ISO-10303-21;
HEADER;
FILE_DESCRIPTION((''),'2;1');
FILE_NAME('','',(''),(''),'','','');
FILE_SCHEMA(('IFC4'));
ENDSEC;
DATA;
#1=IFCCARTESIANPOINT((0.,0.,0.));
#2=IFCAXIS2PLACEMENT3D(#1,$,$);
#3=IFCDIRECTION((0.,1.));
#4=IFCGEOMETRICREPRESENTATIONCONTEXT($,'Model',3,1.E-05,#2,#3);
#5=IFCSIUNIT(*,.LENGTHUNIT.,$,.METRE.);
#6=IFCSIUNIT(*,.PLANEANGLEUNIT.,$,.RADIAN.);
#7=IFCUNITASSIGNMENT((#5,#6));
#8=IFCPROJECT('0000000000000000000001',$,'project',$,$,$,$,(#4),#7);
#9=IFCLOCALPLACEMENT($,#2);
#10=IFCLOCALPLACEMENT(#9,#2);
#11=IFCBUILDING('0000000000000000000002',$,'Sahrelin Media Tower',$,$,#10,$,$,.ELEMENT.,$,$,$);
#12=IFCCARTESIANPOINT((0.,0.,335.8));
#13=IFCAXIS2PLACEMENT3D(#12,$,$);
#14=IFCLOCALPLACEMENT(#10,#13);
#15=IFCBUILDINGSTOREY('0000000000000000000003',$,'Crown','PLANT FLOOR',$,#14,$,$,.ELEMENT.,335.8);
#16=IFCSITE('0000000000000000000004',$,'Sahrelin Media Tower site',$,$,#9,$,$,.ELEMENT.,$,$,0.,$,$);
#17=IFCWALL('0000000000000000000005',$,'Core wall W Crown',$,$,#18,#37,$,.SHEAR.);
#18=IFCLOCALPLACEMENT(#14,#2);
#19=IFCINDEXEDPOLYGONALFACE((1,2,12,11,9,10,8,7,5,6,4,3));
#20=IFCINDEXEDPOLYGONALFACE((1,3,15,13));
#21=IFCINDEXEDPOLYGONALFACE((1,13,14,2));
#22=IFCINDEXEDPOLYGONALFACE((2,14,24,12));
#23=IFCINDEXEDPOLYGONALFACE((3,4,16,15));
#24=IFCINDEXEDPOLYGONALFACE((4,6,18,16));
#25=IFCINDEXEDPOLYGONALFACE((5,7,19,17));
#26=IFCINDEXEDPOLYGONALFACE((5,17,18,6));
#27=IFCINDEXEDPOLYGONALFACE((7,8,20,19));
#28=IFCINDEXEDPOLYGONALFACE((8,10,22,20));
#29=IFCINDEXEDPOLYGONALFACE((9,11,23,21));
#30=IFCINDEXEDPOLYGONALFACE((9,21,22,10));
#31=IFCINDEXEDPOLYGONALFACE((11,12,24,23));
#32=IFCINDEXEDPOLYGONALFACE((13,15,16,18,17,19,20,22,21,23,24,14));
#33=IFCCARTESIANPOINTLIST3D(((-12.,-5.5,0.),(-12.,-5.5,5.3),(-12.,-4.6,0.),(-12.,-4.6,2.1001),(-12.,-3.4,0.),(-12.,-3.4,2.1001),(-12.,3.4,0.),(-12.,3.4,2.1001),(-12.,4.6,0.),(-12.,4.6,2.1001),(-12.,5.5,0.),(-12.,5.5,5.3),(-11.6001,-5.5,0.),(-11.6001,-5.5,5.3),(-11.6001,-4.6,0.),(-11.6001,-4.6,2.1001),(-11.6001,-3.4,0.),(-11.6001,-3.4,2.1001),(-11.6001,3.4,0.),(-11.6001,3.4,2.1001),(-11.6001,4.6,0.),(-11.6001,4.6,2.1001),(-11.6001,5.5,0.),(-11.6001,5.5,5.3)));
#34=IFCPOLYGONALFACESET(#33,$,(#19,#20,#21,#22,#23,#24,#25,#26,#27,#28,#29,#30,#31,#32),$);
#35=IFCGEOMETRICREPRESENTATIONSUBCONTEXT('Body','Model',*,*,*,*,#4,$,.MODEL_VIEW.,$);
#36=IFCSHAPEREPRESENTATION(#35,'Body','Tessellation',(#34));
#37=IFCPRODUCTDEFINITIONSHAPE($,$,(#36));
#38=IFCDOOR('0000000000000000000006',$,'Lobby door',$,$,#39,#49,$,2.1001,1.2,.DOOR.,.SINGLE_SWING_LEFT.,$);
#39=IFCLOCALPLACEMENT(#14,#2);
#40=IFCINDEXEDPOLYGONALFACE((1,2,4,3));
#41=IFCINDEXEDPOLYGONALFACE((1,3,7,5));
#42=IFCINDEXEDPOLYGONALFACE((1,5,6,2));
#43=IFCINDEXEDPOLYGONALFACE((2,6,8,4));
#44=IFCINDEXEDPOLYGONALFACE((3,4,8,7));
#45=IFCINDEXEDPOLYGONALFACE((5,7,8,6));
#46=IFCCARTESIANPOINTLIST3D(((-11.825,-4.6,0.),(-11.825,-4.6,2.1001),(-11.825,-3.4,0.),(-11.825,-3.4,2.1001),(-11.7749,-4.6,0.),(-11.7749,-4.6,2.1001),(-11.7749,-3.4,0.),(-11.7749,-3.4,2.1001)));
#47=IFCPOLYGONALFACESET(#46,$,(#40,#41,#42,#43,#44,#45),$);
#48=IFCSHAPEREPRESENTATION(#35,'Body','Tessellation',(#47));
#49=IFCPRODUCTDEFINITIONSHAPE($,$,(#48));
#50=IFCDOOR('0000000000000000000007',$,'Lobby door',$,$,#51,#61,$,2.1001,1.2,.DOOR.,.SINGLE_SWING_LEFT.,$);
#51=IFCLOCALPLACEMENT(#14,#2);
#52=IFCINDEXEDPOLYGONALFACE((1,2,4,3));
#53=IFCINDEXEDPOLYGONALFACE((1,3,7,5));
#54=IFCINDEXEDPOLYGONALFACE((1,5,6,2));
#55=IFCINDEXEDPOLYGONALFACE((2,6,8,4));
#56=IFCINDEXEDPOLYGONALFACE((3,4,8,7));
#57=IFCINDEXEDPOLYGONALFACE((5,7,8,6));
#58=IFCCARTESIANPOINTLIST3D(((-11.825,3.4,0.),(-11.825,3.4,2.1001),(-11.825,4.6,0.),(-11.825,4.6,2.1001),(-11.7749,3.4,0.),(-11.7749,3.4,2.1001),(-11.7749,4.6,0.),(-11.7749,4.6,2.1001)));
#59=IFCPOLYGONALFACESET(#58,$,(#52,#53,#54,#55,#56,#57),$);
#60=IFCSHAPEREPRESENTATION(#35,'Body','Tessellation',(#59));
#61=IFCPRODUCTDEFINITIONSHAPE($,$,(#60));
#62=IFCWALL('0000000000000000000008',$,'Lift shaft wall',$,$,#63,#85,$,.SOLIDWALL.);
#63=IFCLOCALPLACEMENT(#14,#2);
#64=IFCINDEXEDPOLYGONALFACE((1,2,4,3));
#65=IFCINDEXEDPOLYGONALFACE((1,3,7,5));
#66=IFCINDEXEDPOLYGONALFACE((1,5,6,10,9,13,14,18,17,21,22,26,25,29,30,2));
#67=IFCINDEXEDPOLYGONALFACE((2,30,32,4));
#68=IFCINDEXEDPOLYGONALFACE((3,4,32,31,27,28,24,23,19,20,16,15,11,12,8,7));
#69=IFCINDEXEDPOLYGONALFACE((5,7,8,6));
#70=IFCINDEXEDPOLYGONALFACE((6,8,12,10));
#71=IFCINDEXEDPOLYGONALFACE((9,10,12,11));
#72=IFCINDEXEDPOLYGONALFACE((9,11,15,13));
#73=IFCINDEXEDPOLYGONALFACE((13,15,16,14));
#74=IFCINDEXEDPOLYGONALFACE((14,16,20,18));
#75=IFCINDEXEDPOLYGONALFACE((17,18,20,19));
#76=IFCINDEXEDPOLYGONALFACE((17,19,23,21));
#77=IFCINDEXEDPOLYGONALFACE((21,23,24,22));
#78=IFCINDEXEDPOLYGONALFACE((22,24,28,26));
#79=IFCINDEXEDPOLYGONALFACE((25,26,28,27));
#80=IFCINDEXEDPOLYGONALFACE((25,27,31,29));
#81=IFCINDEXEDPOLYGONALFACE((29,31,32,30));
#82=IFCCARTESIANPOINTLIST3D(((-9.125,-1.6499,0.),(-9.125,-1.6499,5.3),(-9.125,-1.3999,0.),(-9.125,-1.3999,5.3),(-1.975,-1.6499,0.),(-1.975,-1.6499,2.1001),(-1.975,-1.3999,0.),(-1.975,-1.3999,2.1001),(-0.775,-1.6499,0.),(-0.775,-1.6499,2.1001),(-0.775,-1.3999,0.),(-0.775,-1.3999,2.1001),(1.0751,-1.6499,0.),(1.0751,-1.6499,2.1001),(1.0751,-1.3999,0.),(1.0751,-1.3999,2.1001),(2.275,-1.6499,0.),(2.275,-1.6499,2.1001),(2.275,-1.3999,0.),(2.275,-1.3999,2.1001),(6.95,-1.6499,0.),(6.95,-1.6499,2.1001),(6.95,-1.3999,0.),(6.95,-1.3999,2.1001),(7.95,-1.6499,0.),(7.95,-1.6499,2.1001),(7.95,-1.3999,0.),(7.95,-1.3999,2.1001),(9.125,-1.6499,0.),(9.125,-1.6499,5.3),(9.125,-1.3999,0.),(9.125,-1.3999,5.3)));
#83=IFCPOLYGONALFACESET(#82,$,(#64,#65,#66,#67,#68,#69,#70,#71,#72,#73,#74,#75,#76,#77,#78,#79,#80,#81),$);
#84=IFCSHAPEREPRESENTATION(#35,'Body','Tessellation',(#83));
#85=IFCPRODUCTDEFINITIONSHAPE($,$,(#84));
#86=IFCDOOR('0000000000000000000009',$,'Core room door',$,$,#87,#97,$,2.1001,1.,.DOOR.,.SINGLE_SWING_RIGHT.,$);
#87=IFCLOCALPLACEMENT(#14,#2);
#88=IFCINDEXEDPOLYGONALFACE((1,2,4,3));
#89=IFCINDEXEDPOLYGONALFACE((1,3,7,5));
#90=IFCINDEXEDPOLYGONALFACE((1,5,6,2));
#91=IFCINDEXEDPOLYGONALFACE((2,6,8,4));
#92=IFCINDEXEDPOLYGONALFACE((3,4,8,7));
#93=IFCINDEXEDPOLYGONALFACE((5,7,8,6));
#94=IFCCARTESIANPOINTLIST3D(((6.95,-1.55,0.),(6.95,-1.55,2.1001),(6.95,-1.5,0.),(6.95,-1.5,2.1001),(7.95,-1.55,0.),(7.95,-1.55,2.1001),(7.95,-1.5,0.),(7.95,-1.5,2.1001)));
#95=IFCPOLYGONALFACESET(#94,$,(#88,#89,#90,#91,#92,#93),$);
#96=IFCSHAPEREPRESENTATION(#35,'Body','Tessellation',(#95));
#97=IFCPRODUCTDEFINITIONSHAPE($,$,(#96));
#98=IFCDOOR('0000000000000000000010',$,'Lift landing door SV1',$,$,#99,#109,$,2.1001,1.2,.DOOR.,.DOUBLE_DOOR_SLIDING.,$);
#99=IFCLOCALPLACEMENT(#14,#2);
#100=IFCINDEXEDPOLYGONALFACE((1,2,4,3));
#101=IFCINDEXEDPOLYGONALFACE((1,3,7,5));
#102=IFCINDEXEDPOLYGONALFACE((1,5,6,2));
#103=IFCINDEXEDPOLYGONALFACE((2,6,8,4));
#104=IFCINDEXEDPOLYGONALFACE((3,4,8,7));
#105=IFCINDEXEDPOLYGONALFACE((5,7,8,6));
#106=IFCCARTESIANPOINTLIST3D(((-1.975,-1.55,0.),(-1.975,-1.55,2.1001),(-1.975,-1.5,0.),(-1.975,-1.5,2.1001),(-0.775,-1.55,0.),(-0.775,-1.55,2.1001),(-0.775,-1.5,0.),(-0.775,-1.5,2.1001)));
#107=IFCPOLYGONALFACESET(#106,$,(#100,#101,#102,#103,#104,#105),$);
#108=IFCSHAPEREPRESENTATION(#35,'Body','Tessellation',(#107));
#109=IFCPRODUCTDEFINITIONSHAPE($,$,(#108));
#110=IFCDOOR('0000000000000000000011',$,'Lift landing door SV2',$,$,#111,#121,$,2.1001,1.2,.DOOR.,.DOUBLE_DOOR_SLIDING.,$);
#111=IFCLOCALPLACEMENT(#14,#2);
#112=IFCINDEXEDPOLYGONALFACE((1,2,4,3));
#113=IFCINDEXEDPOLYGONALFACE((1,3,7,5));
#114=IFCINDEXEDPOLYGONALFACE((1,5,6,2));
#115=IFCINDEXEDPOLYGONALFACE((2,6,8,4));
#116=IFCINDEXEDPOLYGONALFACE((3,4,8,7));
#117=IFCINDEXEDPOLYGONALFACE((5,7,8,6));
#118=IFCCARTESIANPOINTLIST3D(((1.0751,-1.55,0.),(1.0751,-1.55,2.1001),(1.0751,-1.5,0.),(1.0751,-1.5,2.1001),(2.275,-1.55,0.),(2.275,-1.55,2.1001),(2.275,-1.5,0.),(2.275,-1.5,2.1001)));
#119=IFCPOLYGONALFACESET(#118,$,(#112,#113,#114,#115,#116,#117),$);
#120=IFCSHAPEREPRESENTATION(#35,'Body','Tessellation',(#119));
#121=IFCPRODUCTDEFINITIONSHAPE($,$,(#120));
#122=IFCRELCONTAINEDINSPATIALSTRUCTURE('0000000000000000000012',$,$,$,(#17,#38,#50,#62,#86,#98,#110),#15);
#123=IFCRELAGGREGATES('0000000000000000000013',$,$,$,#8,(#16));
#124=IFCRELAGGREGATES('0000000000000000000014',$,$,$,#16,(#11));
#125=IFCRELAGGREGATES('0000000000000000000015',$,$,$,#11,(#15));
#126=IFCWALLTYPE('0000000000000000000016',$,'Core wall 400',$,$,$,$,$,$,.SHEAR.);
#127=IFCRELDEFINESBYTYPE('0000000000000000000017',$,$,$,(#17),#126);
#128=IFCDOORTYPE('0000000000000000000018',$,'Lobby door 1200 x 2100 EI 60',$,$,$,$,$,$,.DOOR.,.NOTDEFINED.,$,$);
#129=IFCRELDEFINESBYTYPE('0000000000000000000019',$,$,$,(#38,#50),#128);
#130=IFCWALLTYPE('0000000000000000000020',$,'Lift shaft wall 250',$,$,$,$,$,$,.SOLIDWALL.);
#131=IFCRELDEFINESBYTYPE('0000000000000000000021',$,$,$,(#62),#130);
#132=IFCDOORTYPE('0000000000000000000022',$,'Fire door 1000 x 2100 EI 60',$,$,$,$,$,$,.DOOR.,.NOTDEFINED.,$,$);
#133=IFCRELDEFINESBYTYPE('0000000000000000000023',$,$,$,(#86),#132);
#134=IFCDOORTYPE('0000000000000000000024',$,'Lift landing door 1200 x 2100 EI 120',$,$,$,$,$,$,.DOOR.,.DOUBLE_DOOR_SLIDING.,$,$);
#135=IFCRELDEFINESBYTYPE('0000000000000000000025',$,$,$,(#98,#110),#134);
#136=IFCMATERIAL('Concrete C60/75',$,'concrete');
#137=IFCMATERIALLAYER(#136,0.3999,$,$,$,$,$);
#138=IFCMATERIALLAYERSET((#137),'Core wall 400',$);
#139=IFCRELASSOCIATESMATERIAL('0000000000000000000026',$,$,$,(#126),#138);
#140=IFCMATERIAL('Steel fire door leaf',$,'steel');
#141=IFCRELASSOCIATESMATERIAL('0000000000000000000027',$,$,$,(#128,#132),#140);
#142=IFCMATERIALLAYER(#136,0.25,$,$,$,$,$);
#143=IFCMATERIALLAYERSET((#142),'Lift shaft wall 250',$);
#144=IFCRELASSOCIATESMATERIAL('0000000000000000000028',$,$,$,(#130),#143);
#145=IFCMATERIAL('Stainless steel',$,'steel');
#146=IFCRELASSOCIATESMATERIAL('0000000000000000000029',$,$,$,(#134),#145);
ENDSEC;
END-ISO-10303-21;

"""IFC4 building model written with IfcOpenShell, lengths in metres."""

from ifc_helpers import new_model, si_unit, direction, frame, frame_2d, origin, place, context, subcontext, project, spatial, rectangle, extrude, material, layer, layer_set, type_object, element, fill, save


model = new_model("IFC4")

# Units and contexts
model_context = context("Model", 3, precision=1e-05, world=origin(), true_north=direction((0.0, 1.0)))
body_context = subcontext(model_context, "Body", "Model", "MODEL_VIEW")
ifc_project = project(units=[si_unit("LENGTHUNIT", "METRE"), si_unit("PLANEANGLEUNIT", "RADIAN")], contexts=[model_context])

# Site, building, storey
site_placement = place(None, origin())
site = spatial("IfcSite", under=ifc_project, at=site_placement, Name="Sahrelin Media Tower site", CompositionType="ELEMENT", RefElevation=0.0)
building_placement = place(site_placement, origin())
building = spatial("IfcBuilding", under=site, at=building_placement, Name="Sahrelin Media Tower", CompositionType="ELEMENT")
storey_placement = place(building_placement, frame((0.0, 0.0, 335.8)))
storey = spatial("IfcBuildingStorey", under=building, at=storey_placement, Name="Crown", Description="PLANT FLOOR", CompositionType="ELEMENT", Elevation=335.8)

# Shared definitions
ifc_material_1 = material(Name="Concrete C60/75", Category="concrete")
ifc_layer_1 = layer(ifc_material_1, 0.3999)
ifc_layer_set_1 = layer_set([ifc_layer_1], Name="Core wall 400")
wall_type_1 = type_object("IfcWallType", Name="Core wall 400", PredefinedType="SHEAR", material=ifc_layer_set_1)

# Walls, openings, doors
wall_1_placement = place(storey_placement, frame((-11.8, -5.5, 0.0), z_axis=(0.0, 0.0, 1.0), x_axis=(0.0, 1.0, 0.0)))
wall_1 = element("IfcWall", 1, at=wall_1_placement, inside=storey, type_object=wall_type_1, Name="Core wall W Crown", PredefinedType="SHEAR", context=body_context, shape_type="SweptSolid", body=[
    extrude(rectangle(XDim=11.0, YDim=0.3999, at=frame_2d((5.5, 0.0))), origin(), (0.0, 0.0, 1.0), 5.3),
])
opening_1_placement = place(wall_1_placement, frame((0.8999, 0.0, 0.0)))
opening_1 = element("IfcOpeningElement", 2, at=opening_1_placement, cuts=wall_1, PredefinedType="OPENING", context=body_context, shape_type="SweptSolid", body=[
    extrude(rectangle(XDim=1.2, YDim=2.1001, at=frame_2d((0.6001, 1.05))), frame((0.0, 0.2, 0.0), z_axis=(0.0, -1.0, 0.0), x_axis=(1.0, 0.0, 0.0)), (0.0, 0.0, 1.0), 0.3999),
])
opening_2_placement = place(wall_1_placement, frame((8.8999, 0.0, 0.0)))
opening_2 = element("IfcOpeningElement", 3, at=opening_2_placement, cuts=wall_1, PredefinedType="OPENING", context=body_context, shape_type="SweptSolid", body=[
    extrude(rectangle(XDim=1.2, YDim=2.1001, at=frame_2d((0.6001, 1.05))), frame((0.0, 0.2, 0.0), z_axis=(0.0, -1.0, 0.0), x_axis=(1.0, 0.0, 0.0)), (0.0, 0.0, 1.0), 0.3999),
])
ifc_material_2 = material(Name="Steel fire door leaf", Category="steel")
door_type_1 = type_object("IfcDoorType", Name="Lobby door 1200 x 2100 EI 60", OperationType="NOTDEFINED", PredefinedType="DOOR", material=ifc_material_2)
door_1_placement = place(opening_1_placement, origin())
door_1 = element("IfcDoor", 4, at=door_1_placement, inside=storey, type_object=door_type_1, Name="Lobby door", OperationType="SINGLE_SWING_LEFT", OverallHeight=2.1001, OverallWidth=1.2, PredefinedType="DOOR", context=body_context, shape_type="SweptSolid", body=[
    extrude(rectangle(XDim=1.2, YDim=2.1001, at=frame_2d((0.6001, 1.05))), frame((0.0, 0.0249, 0.0), z_axis=(0.0, -1.0, 0.0), x_axis=(1.0, 0.0, 0.0)), (0.0, 0.0, 1.0), 0.05),
])
fill(opening_1, door_1)
door_2_placement = place(opening_2_placement, origin())
door_2 = element("IfcDoor", 5, at=door_2_placement, inside=storey, type_object=door_type_1, Name="Lobby door", OperationType="SINGLE_SWING_LEFT", OverallHeight=2.1001, OverallWidth=1.2, PredefinedType="DOOR", context=body_context, shape_type="SweptSolid", body=[
    extrude(rectangle(XDim=1.2, YDim=2.1001, at=frame_2d((0.6001, 1.05))), frame((0.0, 0.0249, 0.0), z_axis=(0.0, -1.0, 0.0), x_axis=(1.0, 0.0, 0.0)), (0.0, 0.0, 1.0), 0.05),
])
fill(opening_2, door_2)
ifc_layer_2 = layer(ifc_material_1, 0.25)
ifc_layer_set_2 = layer_set([ifc_layer_2], Name="Lift shaft wall 250")
wall_type_2 = type_object("IfcWallType", Name="Lift shaft wall 250", PredefinedType="SOLIDWALL", material=ifc_layer_set_2)
wall_2_placement = place(storey_placement, frame((-9.125, -1.5249, 0.0), z_axis=(0.0, 0.0, 1.0), x_axis=(1.0, 0.0, 0.0)))
wall_2 = element("IfcWall", 6, at=wall_2_placement, inside=storey, type_object=wall_type_2, Name="Lift shaft wall", PredefinedType="SOLIDWALL", context=body_context, shape_type="SweptSolid", body=[
    extrude(rectangle(XDim=18.25, YDim=0.25, at=frame_2d((9.125, 0.0))), origin(), (0.0, 0.0, 1.0), 5.3),
])
opening_3_placement = place(wall_2_placement, frame((7.1499, 0.0, 0.0)))
opening_3 = element("IfcOpeningElement", 7, at=opening_3_placement, cuts=wall_2, PredefinedType="OPENING", context=body_context, shape_type="SweptSolid", body=[
    extrude(rectangle(XDim=1.2, YDim=2.1001, at=frame_2d((0.6001, 1.05))), frame((0.0, 0.125, 0.0), z_axis=(0.0, -1.0, 0.0), x_axis=(1.0, 0.0, 0.0)), (0.0, 0.0, 1.0), 0.25),
])
opening_4_placement = place(wall_2_placement, frame((10.2, 0.0, 0.0)))
opening_4 = element("IfcOpeningElement", 8, at=opening_4_placement, cuts=wall_2, PredefinedType="OPENING", context=body_context, shape_type="SweptSolid", body=[
    extrude(rectangle(XDim=1.2, YDim=2.1001, at=frame_2d((0.6001, 1.05))), frame((0.0, 0.125, 0.0), z_axis=(0.0, -1.0, 0.0), x_axis=(1.0, 0.0, 0.0)), (0.0, 0.0, 1.0), 0.25),
])
opening_5_placement = place(wall_2_placement, frame((16.075, 0.0, 0.0)))
opening_5 = element("IfcOpeningElement", 9, at=opening_5_placement, cuts=wall_2, PredefinedType="OPENING", context=body_context, shape_type="SweptSolid", body=[
    extrude(rectangle(XDim=1.0, YDim=2.1001, at=frame_2d((0.5, 1.05))), frame((0.0, 0.125, 0.0), z_axis=(0.0, -1.0, 0.0), x_axis=(1.0, 0.0, 0.0)), (0.0, 0.0, 1.0), 0.25),
])
door_type_2 = type_object("IfcDoorType", Name="Fire door 1000 x 2100 EI 60", OperationType="NOTDEFINED", PredefinedType="DOOR", material=ifc_material_2)
door_3_placement = place(opening_5_placement, origin())
door_3 = element("IfcDoor", 10, at=door_3_placement, inside=storey, type_object=door_type_2, Name="Core room door", OperationType="SINGLE_SWING_RIGHT", OverallHeight=2.1001, OverallWidth=1.0, PredefinedType="DOOR", context=body_context, shape_type="SweptSolid", body=[
    extrude(rectangle(XDim=1.0, YDim=2.1001, at=frame_2d((0.5, 1.05))), frame((0.0, 0.0249, 0.0), z_axis=(0.0, -1.0, 0.0), x_axis=(1.0, 0.0, 0.0)), (0.0, 0.0, 1.0), 0.05),
])
fill(opening_5, door_3)
ifc_material_3 = material(Name="Stainless steel", Category="steel")
door_type_3 = type_object("IfcDoorType", Name="Lift landing door 1200 x 2100 EI 120", OperationType="DOUBLE_DOOR_SLIDING", PredefinedType="DOOR", material=ifc_material_3)
door_4_placement = place(opening_3_placement, origin())
door_4 = element("IfcDoor", 11, at=door_4_placement, inside=storey, type_object=door_type_3, Name="Lift landing door SV1", OperationType="DOUBLE_DOOR_SLIDING", OverallHeight=2.1001, OverallWidth=1.2, PredefinedType="DOOR", context=body_context, shape_type="SweptSolid", body=[
    extrude(rectangle(XDim=1.2, YDim=2.1001, at=frame_2d((0.6001, 1.05))), frame((0.0, 0.0249, 0.0), z_axis=(0.0, -1.0, 0.0), x_axis=(1.0, 0.0, 0.0)), (0.0, 0.0, 1.0), 0.05),
])
fill(opening_3, door_4)
door_5_placement = place(opening_4_placement, origin())
door_5 = element("IfcDoor", 12, at=door_5_placement, inside=storey, type_object=door_type_3, Name="Lift landing door SV2", OperationType="DOUBLE_DOOR_SLIDING", OverallHeight=2.1001, OverallWidth=1.2, PredefinedType="DOOR", context=body_context, shape_type="SweptSolid", body=[
    extrude(rectangle(XDim=1.2, YDim=2.1001, at=frame_2d((0.6001, 1.05))), frame((0.0, 0.0249, 0.0), z_axis=(0.0, -1.0, 0.0), x_axis=(1.0, 0.0, 0.0)), (0.0, 0.0, 1.0), 0.05),
])
fill(opening_4, door_5)

save(model, "model.ifc")
